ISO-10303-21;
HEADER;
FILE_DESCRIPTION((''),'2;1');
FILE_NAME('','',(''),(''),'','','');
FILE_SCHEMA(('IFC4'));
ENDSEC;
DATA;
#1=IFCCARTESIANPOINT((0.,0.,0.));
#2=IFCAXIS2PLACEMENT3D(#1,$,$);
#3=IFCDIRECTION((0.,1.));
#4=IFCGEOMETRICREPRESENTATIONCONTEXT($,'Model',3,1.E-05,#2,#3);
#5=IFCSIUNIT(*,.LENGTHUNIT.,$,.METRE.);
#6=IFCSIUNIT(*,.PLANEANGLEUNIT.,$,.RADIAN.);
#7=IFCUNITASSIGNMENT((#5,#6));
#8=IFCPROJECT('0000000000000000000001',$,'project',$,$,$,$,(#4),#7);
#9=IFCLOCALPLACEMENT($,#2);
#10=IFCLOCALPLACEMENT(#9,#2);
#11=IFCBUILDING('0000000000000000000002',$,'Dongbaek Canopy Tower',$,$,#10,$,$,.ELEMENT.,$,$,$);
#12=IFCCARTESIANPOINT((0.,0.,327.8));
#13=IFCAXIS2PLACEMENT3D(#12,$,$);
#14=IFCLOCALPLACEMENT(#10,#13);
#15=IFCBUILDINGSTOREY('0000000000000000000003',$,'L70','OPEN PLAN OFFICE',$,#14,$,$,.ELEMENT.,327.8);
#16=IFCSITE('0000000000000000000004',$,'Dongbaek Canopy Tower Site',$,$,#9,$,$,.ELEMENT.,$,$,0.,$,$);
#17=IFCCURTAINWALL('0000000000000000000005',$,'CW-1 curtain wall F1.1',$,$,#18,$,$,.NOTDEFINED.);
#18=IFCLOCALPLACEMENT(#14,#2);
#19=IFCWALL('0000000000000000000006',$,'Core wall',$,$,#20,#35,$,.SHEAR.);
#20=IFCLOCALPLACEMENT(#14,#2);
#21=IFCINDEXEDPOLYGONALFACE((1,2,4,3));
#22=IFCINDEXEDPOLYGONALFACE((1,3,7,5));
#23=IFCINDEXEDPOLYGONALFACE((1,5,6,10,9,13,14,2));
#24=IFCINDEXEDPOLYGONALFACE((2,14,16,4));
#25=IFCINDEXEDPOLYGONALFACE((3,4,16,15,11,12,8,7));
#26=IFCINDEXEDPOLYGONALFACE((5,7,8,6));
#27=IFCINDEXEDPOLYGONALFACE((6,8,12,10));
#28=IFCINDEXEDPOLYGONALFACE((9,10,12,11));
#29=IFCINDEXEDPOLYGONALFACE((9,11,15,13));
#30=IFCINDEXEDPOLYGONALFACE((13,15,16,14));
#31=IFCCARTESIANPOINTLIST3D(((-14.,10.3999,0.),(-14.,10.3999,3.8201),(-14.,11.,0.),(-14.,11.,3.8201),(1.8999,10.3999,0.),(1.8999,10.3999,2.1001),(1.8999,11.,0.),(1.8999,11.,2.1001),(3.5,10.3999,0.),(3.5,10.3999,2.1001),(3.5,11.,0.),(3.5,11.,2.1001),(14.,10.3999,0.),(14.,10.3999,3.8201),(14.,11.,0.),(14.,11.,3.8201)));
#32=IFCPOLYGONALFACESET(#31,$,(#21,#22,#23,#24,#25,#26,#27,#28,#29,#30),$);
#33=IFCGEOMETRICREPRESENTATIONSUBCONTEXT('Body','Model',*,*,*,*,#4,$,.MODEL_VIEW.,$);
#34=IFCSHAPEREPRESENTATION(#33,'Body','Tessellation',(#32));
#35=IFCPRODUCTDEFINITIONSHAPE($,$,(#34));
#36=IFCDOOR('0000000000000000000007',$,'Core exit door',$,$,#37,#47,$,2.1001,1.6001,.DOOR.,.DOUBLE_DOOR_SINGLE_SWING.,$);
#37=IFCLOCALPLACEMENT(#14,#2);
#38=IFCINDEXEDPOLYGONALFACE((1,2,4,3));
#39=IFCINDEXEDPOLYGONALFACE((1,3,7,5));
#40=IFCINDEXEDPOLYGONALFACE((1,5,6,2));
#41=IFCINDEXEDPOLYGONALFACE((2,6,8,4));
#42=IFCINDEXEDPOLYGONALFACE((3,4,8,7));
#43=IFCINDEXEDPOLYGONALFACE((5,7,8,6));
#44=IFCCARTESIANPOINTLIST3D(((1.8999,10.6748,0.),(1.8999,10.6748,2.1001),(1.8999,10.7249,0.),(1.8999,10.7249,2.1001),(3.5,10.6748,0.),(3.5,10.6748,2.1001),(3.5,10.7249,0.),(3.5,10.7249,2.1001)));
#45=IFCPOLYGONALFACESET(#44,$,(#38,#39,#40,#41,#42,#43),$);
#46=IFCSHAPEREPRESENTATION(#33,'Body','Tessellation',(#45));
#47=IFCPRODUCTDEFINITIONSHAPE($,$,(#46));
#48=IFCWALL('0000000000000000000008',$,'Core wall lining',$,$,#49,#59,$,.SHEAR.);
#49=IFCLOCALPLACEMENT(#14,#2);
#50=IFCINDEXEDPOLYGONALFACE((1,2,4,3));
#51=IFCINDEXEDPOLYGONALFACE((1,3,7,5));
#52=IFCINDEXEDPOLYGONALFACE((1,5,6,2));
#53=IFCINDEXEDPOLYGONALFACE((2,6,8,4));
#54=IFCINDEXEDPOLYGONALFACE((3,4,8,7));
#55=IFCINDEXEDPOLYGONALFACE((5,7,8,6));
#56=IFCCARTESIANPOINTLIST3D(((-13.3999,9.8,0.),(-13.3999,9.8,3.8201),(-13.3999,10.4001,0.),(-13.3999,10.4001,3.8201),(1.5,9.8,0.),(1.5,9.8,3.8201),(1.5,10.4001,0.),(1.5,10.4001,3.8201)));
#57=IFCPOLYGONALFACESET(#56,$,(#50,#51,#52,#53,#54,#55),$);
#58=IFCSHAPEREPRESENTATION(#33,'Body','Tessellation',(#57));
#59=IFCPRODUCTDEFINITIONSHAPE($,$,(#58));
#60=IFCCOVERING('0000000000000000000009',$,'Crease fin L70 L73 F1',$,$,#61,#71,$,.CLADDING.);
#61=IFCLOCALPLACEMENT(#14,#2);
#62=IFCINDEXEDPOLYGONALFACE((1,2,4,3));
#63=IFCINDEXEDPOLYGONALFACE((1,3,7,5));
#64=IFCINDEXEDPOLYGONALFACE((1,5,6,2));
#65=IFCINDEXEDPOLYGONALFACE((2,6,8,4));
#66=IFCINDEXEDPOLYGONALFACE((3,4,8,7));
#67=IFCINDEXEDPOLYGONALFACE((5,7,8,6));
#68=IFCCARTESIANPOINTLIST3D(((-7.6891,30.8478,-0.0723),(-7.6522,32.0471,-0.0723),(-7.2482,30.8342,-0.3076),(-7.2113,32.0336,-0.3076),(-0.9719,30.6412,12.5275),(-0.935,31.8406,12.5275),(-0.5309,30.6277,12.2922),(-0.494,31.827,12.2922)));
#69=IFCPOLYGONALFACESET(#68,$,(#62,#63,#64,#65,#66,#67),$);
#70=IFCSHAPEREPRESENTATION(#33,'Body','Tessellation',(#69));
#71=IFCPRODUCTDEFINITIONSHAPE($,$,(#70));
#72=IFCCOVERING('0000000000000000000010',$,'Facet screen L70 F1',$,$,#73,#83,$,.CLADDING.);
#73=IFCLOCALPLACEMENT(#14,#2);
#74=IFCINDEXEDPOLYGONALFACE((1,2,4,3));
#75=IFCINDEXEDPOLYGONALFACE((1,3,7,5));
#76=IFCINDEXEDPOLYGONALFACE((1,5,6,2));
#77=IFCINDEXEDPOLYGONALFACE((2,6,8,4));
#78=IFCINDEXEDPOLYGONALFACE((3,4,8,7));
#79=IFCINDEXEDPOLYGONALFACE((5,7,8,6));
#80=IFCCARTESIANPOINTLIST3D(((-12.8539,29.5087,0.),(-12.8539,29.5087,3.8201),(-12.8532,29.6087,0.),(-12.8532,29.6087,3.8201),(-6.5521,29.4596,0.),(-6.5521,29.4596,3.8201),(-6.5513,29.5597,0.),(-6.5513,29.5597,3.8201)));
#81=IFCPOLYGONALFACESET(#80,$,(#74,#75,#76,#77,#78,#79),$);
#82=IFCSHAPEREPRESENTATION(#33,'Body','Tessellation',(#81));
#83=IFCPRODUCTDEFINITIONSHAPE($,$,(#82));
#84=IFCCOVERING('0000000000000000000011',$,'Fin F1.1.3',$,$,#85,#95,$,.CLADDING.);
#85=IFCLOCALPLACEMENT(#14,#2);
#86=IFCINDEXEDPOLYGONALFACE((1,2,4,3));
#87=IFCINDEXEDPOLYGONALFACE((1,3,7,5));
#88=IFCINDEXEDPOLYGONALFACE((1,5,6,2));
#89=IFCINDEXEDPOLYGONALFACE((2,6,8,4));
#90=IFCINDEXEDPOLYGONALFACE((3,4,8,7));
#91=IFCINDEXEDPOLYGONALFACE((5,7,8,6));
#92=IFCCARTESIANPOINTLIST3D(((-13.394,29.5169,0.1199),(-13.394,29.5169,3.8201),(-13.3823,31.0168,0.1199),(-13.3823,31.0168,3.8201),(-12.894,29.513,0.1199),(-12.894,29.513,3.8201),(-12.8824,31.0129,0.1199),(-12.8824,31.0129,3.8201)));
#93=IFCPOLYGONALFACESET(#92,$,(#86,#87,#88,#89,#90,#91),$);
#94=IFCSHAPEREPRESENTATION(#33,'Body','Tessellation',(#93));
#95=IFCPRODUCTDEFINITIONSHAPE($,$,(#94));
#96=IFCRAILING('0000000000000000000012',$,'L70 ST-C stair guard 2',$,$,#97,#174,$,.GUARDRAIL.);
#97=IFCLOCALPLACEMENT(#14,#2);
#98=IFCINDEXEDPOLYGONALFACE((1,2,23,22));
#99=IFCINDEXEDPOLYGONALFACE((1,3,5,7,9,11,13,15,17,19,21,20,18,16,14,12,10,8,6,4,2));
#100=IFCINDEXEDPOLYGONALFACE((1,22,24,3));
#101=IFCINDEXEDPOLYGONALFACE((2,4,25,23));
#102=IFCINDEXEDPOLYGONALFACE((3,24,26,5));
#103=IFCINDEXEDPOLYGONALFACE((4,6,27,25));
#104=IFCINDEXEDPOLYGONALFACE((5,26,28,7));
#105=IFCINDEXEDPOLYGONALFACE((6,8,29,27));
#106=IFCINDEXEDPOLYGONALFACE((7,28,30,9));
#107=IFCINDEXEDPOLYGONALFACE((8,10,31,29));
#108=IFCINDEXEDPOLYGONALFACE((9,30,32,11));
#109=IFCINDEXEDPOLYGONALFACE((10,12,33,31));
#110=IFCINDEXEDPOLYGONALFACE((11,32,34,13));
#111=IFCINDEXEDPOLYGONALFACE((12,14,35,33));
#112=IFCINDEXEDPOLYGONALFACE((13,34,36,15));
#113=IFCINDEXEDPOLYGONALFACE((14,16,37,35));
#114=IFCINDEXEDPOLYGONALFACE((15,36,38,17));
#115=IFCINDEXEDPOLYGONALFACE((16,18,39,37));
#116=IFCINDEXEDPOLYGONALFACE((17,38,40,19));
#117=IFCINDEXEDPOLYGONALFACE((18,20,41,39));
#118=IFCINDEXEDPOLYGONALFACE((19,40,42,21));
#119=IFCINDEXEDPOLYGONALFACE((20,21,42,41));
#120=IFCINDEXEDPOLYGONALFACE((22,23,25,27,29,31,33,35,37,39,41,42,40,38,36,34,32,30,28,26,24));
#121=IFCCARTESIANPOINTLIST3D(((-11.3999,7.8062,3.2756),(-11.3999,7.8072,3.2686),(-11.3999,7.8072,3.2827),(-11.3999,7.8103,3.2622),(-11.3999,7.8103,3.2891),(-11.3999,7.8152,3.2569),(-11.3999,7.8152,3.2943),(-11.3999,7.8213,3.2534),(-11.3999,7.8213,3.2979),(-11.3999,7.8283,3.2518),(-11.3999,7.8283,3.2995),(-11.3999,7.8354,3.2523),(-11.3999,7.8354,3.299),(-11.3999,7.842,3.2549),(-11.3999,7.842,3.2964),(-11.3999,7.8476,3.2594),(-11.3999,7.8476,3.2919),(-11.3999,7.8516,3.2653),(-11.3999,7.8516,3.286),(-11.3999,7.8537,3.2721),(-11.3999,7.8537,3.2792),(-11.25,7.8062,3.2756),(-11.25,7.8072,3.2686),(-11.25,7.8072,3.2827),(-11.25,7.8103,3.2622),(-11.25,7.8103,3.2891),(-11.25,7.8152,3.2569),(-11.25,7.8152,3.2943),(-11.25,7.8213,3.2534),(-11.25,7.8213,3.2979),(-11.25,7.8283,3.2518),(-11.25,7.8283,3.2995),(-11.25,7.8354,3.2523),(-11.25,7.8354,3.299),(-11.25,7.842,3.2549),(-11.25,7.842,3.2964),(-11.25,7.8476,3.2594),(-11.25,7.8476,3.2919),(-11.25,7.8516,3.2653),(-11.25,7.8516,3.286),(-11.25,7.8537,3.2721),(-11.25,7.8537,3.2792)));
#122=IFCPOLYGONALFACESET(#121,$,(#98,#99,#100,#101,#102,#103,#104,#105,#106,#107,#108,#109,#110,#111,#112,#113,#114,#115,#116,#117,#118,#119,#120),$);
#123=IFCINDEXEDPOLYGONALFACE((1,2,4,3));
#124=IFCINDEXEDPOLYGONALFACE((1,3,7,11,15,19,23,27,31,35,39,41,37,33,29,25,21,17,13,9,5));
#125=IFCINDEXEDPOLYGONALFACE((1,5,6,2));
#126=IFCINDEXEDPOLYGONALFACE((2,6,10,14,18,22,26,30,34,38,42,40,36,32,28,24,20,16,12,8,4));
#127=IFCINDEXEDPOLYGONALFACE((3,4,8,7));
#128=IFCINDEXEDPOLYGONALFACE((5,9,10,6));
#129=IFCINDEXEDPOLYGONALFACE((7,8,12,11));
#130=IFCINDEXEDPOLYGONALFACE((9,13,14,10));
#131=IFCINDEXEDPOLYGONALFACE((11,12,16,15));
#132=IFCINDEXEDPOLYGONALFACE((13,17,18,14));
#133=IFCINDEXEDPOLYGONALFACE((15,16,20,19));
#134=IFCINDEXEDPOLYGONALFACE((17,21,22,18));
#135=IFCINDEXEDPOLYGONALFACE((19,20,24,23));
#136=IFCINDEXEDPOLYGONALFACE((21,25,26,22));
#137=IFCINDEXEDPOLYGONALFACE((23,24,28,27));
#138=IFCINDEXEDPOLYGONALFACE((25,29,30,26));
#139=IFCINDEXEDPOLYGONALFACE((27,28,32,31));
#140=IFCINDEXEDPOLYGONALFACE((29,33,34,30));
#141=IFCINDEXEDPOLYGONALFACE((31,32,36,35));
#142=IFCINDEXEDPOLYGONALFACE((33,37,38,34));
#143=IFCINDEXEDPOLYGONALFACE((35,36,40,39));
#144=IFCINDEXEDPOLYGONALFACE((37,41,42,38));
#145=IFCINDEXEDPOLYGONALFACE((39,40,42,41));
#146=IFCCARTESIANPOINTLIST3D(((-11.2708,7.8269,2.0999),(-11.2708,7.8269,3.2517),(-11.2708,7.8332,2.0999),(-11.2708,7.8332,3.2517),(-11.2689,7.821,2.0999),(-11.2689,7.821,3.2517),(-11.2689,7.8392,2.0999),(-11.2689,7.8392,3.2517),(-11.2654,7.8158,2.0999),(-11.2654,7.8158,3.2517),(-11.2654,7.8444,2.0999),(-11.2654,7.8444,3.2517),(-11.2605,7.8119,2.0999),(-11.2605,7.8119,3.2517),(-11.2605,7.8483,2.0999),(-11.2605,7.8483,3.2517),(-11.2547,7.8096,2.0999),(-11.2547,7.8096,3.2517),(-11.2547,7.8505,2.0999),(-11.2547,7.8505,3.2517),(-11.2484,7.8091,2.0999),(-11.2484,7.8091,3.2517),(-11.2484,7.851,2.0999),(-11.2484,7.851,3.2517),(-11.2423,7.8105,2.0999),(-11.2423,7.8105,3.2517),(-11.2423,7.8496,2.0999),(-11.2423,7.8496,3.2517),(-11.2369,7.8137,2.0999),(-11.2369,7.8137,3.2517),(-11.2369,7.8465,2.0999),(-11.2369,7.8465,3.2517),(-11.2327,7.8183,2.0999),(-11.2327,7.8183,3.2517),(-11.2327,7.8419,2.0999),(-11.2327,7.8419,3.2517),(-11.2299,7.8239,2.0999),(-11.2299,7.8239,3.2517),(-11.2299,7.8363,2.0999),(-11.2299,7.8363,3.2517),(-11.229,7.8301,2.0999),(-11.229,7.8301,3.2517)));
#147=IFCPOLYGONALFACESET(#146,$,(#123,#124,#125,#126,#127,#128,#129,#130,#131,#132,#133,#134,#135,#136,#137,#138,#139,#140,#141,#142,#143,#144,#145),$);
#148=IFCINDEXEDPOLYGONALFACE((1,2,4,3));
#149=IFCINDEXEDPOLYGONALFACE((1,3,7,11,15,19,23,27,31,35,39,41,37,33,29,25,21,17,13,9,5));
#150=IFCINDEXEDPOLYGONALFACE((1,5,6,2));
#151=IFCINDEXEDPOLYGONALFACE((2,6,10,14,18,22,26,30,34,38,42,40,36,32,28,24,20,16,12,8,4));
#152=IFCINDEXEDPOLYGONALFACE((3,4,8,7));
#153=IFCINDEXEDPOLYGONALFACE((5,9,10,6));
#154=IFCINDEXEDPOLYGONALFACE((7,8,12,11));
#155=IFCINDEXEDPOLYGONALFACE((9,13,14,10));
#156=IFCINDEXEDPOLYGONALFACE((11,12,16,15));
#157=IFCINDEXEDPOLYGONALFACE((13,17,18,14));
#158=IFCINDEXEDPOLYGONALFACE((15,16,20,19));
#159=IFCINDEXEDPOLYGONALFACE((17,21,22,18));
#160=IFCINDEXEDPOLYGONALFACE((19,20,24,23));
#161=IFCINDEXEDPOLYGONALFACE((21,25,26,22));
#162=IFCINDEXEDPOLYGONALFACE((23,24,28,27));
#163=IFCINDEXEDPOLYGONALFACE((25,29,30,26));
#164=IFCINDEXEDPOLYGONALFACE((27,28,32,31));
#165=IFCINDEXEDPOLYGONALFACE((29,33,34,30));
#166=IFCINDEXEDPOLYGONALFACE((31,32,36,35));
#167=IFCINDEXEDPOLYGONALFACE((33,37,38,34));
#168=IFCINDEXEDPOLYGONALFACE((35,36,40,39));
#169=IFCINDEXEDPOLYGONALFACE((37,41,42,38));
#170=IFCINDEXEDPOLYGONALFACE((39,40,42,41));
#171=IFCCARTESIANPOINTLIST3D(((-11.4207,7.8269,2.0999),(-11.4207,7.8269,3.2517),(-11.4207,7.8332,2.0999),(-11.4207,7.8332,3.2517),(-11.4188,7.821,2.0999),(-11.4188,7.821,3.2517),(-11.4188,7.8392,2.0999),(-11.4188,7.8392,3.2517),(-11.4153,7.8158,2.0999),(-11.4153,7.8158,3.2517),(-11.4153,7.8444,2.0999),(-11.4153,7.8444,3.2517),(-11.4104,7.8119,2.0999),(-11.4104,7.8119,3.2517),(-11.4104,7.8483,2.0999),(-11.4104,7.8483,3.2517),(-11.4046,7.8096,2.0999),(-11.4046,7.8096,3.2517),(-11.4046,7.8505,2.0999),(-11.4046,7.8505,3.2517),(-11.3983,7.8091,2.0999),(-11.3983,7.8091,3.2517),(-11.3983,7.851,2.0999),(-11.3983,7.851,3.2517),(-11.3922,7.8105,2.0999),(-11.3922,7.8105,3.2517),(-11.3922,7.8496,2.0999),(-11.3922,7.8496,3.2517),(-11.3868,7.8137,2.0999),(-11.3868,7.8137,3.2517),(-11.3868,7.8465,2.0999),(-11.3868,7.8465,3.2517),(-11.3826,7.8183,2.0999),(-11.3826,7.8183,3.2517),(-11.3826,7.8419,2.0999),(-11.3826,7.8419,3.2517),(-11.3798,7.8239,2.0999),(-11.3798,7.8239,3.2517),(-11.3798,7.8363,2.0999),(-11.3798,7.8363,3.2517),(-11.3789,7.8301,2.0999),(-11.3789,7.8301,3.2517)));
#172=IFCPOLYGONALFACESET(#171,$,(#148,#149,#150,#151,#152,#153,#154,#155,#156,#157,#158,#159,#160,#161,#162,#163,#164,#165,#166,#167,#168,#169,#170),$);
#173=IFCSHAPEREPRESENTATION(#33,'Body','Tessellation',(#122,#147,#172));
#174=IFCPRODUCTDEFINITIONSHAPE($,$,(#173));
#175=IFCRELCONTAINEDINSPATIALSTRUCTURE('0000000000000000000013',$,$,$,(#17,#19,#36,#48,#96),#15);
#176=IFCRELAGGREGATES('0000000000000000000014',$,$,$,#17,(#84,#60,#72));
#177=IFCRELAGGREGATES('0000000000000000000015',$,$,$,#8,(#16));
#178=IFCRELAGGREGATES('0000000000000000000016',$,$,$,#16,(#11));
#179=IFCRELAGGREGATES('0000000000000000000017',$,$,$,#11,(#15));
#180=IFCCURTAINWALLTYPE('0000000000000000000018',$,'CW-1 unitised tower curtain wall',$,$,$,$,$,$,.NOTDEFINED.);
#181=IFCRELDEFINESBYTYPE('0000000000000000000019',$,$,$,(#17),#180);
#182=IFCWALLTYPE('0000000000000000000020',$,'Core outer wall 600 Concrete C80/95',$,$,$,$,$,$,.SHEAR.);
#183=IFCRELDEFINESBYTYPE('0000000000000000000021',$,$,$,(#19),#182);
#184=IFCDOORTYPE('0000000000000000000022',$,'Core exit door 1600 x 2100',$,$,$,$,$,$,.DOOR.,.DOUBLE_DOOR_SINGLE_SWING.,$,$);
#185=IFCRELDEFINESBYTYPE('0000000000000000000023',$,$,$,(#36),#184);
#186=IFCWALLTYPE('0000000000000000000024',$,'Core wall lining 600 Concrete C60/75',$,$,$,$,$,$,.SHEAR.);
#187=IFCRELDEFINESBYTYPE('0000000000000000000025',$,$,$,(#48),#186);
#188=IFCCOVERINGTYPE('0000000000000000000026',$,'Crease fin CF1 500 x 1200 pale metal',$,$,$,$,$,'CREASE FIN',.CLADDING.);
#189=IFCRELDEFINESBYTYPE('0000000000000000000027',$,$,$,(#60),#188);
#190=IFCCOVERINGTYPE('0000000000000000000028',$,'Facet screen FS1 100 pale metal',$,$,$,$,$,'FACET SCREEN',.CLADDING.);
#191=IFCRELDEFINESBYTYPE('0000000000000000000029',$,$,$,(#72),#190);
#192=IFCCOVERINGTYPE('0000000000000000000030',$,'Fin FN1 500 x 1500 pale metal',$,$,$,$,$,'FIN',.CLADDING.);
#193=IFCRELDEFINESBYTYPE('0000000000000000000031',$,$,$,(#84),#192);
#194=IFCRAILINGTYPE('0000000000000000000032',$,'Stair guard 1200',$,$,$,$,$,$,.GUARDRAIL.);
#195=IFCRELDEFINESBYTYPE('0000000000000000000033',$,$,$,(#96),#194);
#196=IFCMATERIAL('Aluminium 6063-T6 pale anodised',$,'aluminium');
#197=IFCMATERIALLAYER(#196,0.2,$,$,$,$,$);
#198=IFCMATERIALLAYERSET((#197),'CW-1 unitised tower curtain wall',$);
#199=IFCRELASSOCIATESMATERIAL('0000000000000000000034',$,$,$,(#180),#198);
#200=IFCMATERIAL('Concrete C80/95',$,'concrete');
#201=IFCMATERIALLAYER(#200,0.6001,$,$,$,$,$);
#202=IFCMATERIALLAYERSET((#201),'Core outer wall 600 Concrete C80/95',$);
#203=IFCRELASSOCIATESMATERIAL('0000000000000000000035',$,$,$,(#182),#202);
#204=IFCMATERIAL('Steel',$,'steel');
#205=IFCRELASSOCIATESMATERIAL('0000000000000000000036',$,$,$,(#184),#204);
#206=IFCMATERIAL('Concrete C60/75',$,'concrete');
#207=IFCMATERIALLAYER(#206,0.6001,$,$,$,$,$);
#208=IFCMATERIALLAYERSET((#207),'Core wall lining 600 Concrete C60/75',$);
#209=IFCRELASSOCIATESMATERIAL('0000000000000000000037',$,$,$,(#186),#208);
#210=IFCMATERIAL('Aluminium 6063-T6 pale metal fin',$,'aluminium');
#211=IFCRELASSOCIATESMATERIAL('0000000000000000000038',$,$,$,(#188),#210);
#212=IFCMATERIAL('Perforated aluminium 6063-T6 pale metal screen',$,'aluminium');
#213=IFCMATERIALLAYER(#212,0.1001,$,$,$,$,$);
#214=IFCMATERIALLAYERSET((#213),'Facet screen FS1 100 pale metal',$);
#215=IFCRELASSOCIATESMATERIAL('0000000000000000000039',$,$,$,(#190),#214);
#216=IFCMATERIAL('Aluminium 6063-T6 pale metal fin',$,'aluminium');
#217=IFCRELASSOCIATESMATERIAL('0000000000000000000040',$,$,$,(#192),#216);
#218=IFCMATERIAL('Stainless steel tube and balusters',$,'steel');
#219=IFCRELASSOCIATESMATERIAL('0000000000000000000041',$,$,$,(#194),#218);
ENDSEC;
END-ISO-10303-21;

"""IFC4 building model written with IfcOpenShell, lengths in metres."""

from ifc_helpers import new_model, si_unit, direction, frame, frame_2d, origin, origin_2d, place, context, subcontext, project, spatial, rectangle, circle, extrude, material, layer, layer_set, material_profile, profile_set, type_object, element, fill, aggregate, save


model = new_model("IFC4")

# Units and contexts
model_context = context("Model", 3, precision=1e-05, world=origin(), true_north=direction((0.0, 1.0)))
body_context = subcontext(model_context, "Body", "Model", "MODEL_VIEW")
ifc_project = project(units=[si_unit("LENGTHUNIT", "METRE"), si_unit("PLANEANGLEUNIT", "RADIAN")], contexts=[model_context])

# Site, building, storey
site_placement = place(None, origin())
site = spatial("IfcSite", under=ifc_project, at=site_placement, Name="Dongbaek Canopy Tower Site", CompositionType="ELEMENT", RefElevation=0.0)
building_placement = place(site_placement, origin())
building = spatial("IfcBuilding", under=site, at=building_placement, Name="Dongbaek Canopy Tower", CompositionType="ELEMENT")
storey_placement = place(building_placement, frame((0.0, 0.0, 327.8)))
storey = spatial("IfcBuildingStorey", under=building, at=storey_placement, Name="L70", Description="OPEN PLAN OFFICE", CompositionType="ELEMENT", Elevation=327.8)

# Curtain wall
ifc_material_1 = material(Name="Aluminium 6063-T6 pale anodised", Category="aluminium")
ifc_layer_1 = layer(ifc_material_1, 0.2)
ifc_layer_set_1 = layer_set([ifc_layer_1], Name="CW-1 unitised tower curtain wall")
curtain_wall_type = type_object("IfcCurtainWallType", Name="CW-1 unitised tower curtain wall", PredefinedType="NOTDEFINED", material=ifc_layer_set_1)
curtain_wall_1_placement = place(storey_placement, origin())
curtain_wall_1 = element("IfcCurtainWall", 1, at=curtain_wall_1_placement, inside=storey, type_object=curtain_wall_type, Name="CW-1 curtain wall F1.1", PredefinedType="NOTDEFINED")

# Wall, opening, door
ifc_material_2 = material(Name="Concrete C80/95", Category="concrete")
ifc_layer_2 = layer(ifc_material_2, 0.6001)
ifc_layer_set_2 = layer_set([ifc_layer_2], Name="Core outer wall 600 Concrete C80/95")
wall_type_1 = type_object("IfcWallType", Name="Core outer wall 600 Concrete C80/95", PredefinedType="SHEAR", material=ifc_layer_set_2)
wall_1_placement = place(storey_placement, frame((-14.0, 10.7, 0.0), z_axis=(0.0, 0.0, 1.0), x_axis=(1.0, 0.0, 0.0)))
wall_1 = element("IfcWall", 2, at=wall_1_placement, inside=storey, type_object=wall_type_1, Name="Core wall", PredefinedType="SHEAR", context=body_context, shape_type="SweptSolid", body=[
    extrude(rectangle(XDim=28.0, YDim=0.6001, at=frame_2d((14.0, 0.0))), origin(), (0.0, 0.0, 1.0), 3.8201),
])
opening_placement = place(wall_1_placement, frame((15.8999, 0.0, 0.0)))
opening = element("IfcOpeningElement", 3, at=opening_placement, cuts=wall_1, PredefinedType="OPENING", context=body_context, shape_type="SweptSolid", body=[
    extrude(rectangle(XDim=1.6001, YDim=2.1001, at=frame_2d((0.8, 1.05))), frame((0.0, 0.3101, 0.0), z_axis=(0.0, -1.0, 0.0), x_axis=(1.0, 0.0, 0.0)), (0.0, 0.0, 1.0), 0.6201),
])
ifc_material_3 = material(Name="Steel", Category="steel")
door_type = type_object("IfcDoorType", Name="Core exit door 1600 x 2100", OperationType="DOUBLE_DOOR_SINGLE_SWING", PredefinedType="DOOR", material=ifc_material_3)
door_placement = place(opening_placement, origin())
door = element("IfcDoor", 4, at=door_placement, inside=storey, type_object=door_type, Name="Core exit door", OperationType="DOUBLE_DOOR_SINGLE_SWING", OverallHeight=2.1001, OverallWidth=1.6001, PredefinedType="DOOR", context=body_context, shape_type="SweptSolid", body=[
    extrude(rectangle(XDim=1.6001, YDim=2.1001, at=frame_2d((0.8, 1.05))), frame((0.0, 0.0249, 0.0), z_axis=(0.0, -1.0, 0.0), x_axis=(1.0, 0.0, 0.0)), (0.0, 0.0, 1.0), 0.05),
])
fill(opening, door)

# Wall
ifc_material_4 = material(Name="Concrete C60/75", Category="concrete")
ifc_layer_3 = layer(ifc_material_4, 0.6001)
ifc_layer_set_3 = layer_set([ifc_layer_3], Name="Core wall lining 600 Concrete C60/75")
wall_type_2 = type_object("IfcWallType", Name="Core wall lining 600 Concrete C60/75", PredefinedType="SHEAR", material=ifc_layer_set_3)
wall_2_placement = place(storey_placement, frame((-13.3999, 10.1001, 0.0), z_axis=(0.0, 0.0, 1.0), x_axis=(1.0, 0.0, 0.0)))
element("IfcWall", 5, at=wall_2_placement, inside=storey, type_object=wall_type_2, Name="Core wall lining", PredefinedType="SHEAR", context=body_context, shape_type="SweptSolid", body=[
    extrude(rectangle(XDim=14.8999, YDim=0.6001, at=frame_2d((7.45, 0.0))), origin(), (0.0, 0.0, 1.0), 3.8201),
])

# Coverings
ifc_material_5 = material(Name="Aluminium 6063-T6 pale metal fin", Category="aluminium")
ifc_material_profile_1 = material_profile(ifc_material_5, rectangle(XDim=1.2, YDim=0.5, at=origin_2d()), Name="Crease fin CF1 500 x 1200 pale metal")
ifc_profile_set_1 = profile_set([ifc_material_profile_1], Name="Aluminium 6063-T6 pale metal fin")
covering_type_1 = type_object("IfcCoveringType", Name="Crease fin CF1 500 x 1200 pale metal", ElementType="CREASE FIN", PredefinedType="CLADDING", material=ifc_profile_set_1)
covering_1_placement = place(storey_placement, frame((-7.4502, 31.4407, -0.1899), z_axis=(0.470395, -0.014464, 0.882337), x_axis=(0.030733, 0.999528, 0.0)))
covering_1 = element("IfcCovering", 6, at=covering_1_placement, type_object=covering_type_1, Name="Crease fin L70 L73 F1", PredefinedType="CLADDING", context=body_context, shape_type="SweptSolid", body=[
    extrude(rectangle(XDim=1.2, YDim=0.5, at=origin_2d()), origin(), (0.0, 0.0, 1.0), 14.28),
])
ifc_material_6 = material(Name="Perforated aluminium 6063-T6 pale metal screen", Category="aluminium")
ifc_layer_4 = layer(ifc_material_6, 0.1001)
ifc_layer_set_4 = layer_set([ifc_layer_4], Name="Facet screen FS1 100 pale metal")
covering_type_2 = type_object("IfcCoveringType", Name="Facet screen FS1 100 pale metal", ElementType="FACET SCREEN", PredefinedType="CLADDING", material=ifc_layer_set_4)
covering_2_placement = place(storey_placement, frame((-9.7026, 29.5342, 0.0), z_axis=(0.0, 0.0, 1.0), x_axis=(-0.99997, 0.007782, 0.0)))
covering_2 = element("IfcCovering", 7, at=covering_2_placement, type_object=covering_type_2, Name="Facet screen L70 F1", PredefinedType="CLADDING", context=body_context, shape_type="SweptSolid", body=[
    extrude(rectangle(XDim=6.302, YDim=0.1001, at=origin_2d()), origin(), (0.0, 0.0, 1.0), 3.8201),
])
ifc_material_7 = material(Name="Aluminium 6063-T6 pale metal fin", Category="aluminium")
ifc_material_profile_2 = material_profile(ifc_material_7, rectangle(XDim=1.5, YDim=0.5, at=origin_2d()), Name="Fin FN1 500 x 1500 pale metal")
ifc_profile_set_2 = profile_set([ifc_material_profile_2], Name="Aluminium 6063-T6 pale metal fin")
covering_type_3 = type_object("IfcCoveringType", Name="Fin FN1 500 x 1500 pale metal", ElementType="FIN", PredefinedType="CLADDING", material=ifc_profile_set_2)
covering_3_placement = place(storey_placement, frame((-13.1382, 30.2649, 0.1199), z_axis=(0.0, 0.0, 1.0), x_axis=(0.007782, 0.99997, 0.0)))
covering_3 = element("IfcCovering", 8, at=covering_3_placement, type_object=covering_type_3, Name="Fin F1.1.3", PredefinedType="CLADDING", context=body_context, shape_type="SweptSolid", body=[
    extrude(rectangle(XDim=1.5, YDim=0.5, at=origin_2d()), origin(), (0.0, 0.0, 1.0), 3.7002),
])
aggregate(curtain_wall_1, [covering_3, covering_1, covering_2])

# Railing
ifc_material_8 = material(Name="Stainless steel tube and balusters", Category="steel")
railing_type = type_object("IfcRailingType", Name="Stair guard 1200", PredefinedType="GUARDRAIL", material=ifc_material_8)
railing_1_placement = place(storey_placement, frame((-11.25, 7.8301, 2.0999)))
element("IfcRailing", 9, at=railing_1_placement, inside=storey, type_object=railing_type, Name="L70 ST-C stair guard 2", PredefinedType="GUARDRAIL", context=body_context, shape_type="SweptSolid", body=[
    extrude(circle(Radius=0.0239, at=origin_2d()), frame((0.0, 0.0, 1.1758), z_axis=(-1.0, 0.0, 0.0), x_axis=(0.0, -1.0, 0.0)), (0.0, 0.0, 1.0), 0.1499),
    extrude(circle(Radius=0.021, at=origin_2d()), origin(), (0.0, 0.0, 1.0), 1.1519),
    extrude(circle(Radius=0.021, at=origin_2d()), frame((-0.1499, 0.0, 0.0)), (0.0, 0.0, 1.0), 1.1519),
])

save(model, "model.ifc")
